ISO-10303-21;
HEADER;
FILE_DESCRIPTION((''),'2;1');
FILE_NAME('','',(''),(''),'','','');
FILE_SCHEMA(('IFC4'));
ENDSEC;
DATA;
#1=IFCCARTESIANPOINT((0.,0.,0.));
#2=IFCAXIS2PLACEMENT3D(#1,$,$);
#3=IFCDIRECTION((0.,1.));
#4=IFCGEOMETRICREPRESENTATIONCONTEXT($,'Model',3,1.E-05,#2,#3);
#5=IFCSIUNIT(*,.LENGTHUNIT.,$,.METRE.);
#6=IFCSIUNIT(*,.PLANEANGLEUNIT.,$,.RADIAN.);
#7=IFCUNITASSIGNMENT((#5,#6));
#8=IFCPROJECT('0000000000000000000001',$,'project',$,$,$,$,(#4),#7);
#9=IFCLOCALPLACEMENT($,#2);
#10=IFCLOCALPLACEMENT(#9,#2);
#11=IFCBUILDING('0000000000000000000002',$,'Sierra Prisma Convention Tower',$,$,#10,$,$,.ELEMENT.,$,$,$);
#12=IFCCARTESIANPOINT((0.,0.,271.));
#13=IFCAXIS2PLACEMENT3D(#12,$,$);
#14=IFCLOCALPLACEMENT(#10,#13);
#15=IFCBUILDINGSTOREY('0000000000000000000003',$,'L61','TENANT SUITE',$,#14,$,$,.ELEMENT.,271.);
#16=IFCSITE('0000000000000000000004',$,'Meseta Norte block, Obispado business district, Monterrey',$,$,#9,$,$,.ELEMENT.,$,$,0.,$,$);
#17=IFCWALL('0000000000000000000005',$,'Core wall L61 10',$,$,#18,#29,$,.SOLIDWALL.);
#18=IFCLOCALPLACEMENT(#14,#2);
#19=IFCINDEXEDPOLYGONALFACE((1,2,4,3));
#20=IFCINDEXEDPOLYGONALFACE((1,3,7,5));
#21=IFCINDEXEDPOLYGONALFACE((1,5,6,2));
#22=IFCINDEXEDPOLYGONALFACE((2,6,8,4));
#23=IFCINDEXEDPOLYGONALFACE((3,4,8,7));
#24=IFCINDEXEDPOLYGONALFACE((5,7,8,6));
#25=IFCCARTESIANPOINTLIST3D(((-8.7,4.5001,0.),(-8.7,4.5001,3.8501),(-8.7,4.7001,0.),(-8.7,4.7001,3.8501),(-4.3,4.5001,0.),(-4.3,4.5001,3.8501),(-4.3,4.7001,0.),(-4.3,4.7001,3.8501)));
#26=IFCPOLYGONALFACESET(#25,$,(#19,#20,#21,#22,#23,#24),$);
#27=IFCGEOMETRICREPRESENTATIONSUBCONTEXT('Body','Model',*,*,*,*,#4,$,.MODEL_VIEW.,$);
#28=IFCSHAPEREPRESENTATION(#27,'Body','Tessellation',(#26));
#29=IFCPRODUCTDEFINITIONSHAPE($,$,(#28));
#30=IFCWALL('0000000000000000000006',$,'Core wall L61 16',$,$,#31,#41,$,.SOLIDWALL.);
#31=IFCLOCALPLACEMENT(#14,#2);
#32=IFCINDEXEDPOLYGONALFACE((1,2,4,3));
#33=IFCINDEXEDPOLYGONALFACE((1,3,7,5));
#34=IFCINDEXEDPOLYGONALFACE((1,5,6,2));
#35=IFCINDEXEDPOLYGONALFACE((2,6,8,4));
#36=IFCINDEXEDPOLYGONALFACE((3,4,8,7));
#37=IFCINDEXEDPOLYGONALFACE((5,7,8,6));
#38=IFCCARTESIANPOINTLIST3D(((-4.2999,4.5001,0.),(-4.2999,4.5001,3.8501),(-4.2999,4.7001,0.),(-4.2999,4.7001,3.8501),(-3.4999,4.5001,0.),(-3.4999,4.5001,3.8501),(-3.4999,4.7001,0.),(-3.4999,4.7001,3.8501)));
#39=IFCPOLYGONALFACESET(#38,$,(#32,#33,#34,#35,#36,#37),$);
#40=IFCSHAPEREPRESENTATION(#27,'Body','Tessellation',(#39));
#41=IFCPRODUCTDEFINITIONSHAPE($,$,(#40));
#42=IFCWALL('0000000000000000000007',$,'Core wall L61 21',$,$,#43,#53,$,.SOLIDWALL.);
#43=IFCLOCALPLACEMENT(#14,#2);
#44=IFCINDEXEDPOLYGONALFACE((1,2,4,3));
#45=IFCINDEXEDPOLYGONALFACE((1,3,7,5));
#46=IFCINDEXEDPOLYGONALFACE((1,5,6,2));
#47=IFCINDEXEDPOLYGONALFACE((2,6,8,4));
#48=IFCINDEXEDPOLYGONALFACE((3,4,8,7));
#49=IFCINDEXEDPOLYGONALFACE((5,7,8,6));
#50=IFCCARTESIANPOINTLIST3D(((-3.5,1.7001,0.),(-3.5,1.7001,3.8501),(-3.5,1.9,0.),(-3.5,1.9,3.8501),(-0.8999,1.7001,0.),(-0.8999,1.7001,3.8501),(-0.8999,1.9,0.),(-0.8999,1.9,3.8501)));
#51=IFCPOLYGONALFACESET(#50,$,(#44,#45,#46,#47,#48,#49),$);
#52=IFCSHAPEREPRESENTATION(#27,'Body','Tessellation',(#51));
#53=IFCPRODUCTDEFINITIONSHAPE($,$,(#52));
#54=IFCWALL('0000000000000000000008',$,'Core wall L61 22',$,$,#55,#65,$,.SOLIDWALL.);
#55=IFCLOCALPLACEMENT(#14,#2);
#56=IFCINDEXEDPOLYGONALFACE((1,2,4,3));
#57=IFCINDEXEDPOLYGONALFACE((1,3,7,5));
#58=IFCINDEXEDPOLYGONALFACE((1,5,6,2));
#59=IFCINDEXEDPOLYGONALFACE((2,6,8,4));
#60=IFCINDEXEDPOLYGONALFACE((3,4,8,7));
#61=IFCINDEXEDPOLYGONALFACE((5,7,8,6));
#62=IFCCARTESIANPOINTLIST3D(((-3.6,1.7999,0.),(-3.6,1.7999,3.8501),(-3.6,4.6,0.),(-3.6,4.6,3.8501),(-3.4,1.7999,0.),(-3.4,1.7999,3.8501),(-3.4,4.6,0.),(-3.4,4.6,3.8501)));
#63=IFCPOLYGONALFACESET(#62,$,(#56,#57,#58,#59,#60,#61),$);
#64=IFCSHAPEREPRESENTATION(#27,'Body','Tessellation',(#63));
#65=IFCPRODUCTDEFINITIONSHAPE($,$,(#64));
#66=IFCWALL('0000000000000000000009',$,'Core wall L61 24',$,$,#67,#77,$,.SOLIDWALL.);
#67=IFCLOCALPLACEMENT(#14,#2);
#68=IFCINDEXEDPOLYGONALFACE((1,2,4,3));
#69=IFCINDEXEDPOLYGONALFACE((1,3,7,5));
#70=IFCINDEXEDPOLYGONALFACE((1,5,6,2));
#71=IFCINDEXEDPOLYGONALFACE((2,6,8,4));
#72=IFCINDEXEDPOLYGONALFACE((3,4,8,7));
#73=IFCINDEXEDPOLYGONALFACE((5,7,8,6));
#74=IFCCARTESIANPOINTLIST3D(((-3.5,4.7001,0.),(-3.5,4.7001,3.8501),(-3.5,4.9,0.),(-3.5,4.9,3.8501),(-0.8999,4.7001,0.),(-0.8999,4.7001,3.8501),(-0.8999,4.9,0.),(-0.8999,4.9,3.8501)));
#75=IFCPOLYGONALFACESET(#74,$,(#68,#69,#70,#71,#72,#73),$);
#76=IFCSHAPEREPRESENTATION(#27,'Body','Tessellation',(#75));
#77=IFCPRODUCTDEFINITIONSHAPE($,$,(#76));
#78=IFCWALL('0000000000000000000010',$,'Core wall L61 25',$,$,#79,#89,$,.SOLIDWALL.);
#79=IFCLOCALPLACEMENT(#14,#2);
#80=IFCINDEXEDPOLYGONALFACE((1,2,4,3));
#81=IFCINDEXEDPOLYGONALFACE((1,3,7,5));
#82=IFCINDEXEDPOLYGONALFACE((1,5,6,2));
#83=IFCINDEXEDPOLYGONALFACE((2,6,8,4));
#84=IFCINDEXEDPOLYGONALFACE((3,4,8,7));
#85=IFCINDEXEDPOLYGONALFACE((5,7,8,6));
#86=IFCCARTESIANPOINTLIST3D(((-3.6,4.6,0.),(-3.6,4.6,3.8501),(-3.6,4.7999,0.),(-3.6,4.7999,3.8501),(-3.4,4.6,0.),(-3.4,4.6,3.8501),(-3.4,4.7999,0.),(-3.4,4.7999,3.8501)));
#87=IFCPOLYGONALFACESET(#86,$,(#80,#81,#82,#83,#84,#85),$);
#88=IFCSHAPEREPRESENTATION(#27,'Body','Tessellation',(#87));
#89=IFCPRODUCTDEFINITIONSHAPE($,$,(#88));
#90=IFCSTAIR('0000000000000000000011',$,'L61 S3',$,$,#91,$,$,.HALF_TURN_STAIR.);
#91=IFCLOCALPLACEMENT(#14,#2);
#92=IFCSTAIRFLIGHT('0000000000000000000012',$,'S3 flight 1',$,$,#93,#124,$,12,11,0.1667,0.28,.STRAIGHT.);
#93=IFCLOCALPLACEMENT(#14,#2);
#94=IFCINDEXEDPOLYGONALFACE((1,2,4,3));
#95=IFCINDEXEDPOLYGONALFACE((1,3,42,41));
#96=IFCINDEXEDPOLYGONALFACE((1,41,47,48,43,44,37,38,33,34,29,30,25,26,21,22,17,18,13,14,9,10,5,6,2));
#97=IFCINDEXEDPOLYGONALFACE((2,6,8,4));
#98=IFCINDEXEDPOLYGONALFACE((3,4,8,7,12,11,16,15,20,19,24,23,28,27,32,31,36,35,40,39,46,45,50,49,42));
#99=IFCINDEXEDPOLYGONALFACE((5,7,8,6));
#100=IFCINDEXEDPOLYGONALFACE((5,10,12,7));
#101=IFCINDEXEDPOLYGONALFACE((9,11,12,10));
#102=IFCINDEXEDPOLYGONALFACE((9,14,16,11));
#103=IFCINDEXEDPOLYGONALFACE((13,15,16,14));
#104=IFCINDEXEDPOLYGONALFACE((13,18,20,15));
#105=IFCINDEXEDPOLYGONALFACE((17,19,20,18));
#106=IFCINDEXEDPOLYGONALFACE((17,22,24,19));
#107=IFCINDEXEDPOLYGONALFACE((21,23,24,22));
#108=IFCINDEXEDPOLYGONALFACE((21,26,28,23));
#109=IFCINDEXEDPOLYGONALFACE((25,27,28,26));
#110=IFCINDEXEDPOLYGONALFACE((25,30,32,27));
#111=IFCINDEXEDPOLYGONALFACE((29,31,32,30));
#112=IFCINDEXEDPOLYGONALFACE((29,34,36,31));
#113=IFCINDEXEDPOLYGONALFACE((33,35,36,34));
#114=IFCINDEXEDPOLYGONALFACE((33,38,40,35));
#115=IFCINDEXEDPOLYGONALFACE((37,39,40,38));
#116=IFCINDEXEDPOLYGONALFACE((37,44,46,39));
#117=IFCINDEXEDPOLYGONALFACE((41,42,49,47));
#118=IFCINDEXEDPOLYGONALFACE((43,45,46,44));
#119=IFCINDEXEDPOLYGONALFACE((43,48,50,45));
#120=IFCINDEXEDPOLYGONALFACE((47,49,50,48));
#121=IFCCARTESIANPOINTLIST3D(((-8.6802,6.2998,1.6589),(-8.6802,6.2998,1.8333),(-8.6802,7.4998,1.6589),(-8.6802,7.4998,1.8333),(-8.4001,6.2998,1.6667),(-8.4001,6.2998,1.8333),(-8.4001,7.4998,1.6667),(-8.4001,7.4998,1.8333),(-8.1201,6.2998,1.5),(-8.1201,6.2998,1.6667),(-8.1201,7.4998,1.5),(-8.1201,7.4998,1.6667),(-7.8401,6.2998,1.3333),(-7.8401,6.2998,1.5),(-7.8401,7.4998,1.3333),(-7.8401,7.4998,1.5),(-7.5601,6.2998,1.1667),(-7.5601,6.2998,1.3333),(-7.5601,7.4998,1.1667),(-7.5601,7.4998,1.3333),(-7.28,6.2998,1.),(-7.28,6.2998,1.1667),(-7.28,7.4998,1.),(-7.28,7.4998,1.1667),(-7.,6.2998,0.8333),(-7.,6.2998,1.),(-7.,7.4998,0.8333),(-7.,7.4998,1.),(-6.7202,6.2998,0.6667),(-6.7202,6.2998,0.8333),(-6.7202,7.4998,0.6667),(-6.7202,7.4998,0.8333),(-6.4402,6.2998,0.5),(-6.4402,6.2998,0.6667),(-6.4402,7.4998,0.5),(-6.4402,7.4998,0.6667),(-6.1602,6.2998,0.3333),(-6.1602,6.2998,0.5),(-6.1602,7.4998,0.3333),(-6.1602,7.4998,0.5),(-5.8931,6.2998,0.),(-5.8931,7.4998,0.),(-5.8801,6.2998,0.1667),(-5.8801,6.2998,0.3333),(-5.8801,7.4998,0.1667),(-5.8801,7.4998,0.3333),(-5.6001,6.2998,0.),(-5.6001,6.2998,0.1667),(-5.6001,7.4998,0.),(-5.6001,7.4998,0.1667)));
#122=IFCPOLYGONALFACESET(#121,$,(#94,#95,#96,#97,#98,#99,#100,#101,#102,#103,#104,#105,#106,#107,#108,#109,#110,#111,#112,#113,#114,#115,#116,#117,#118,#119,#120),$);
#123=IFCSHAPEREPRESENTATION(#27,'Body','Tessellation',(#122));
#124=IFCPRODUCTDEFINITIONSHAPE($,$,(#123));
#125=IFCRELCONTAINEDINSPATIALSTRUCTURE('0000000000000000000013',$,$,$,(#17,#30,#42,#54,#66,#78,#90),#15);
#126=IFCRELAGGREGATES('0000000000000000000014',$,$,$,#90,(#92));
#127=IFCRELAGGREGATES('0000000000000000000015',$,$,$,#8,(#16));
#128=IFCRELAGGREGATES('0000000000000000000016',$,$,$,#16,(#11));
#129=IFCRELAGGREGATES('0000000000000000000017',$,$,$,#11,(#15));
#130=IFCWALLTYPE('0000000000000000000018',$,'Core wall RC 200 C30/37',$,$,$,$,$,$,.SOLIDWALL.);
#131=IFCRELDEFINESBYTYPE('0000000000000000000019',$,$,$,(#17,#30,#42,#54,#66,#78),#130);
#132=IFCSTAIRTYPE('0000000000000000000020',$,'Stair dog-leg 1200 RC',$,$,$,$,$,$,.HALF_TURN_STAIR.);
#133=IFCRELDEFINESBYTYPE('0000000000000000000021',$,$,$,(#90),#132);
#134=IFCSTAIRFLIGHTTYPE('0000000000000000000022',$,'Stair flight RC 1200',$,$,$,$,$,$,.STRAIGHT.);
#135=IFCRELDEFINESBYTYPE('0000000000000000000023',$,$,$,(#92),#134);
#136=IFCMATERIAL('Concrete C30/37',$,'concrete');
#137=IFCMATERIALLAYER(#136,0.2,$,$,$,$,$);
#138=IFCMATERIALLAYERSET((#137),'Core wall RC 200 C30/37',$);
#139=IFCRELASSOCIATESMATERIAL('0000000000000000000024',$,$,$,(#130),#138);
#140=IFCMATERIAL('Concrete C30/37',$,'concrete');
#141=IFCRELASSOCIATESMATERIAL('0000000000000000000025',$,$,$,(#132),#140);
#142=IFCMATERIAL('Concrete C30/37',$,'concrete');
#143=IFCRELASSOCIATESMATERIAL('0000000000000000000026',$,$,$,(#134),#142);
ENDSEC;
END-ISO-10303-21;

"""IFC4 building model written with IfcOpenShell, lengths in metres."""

from ifc_helpers import new_model, si_unit, direction, frame, frame_2d, origin, place, context, subcontext, project, spatial, polyline, rectangle, outline, extrude, material, layer, layer_set, type_object, element, aggregate, save


model = new_model("IFC4")

# Units and contexts
model_context = context("Model", 3, precision=1e-05, world=origin(), true_north=direction((0.0, 1.0)))
body_context = subcontext(model_context, "Body", "Model", "MODEL_VIEW")
ifc_project = project(units=[si_unit("LENGTHUNIT", "METRE"), si_unit("PLANEANGLEUNIT", "RADIAN")], contexts=[model_context])

# Site, building, storey
site_placement = place(None, origin())
site = spatial("IfcSite", under=ifc_project, at=site_placement, Name="Meseta Norte block, Obispado business district, Monterrey", CompositionType="ELEMENT", RefElevation=0.0)
building_placement = place(site_placement, origin())
building = spatial("IfcBuilding", under=site, at=building_placement, Name="Sierra Prisma Convention Tower", CompositionType="ELEMENT")
storey_placement = place(building_placement, frame((0.0, 0.0, 271.0)))
storey = spatial("IfcBuildingStorey", under=building, at=storey_placement, Name="L61", Description="TENANT SUITE", CompositionType="ELEMENT", Elevation=271.0)

# Walls
ifc_material_1 = material(Name="Concrete C30/37", Category="concrete")
ifc_layer = layer(ifc_material_1, 0.2)
ifc_layer_set = layer_set([ifc_layer], Name="Core wall RC 200 C30/37")
wall_type = type_object("IfcWallType", Name="Core wall RC 200 C30/37", PredefinedType="SOLIDWALL", material=ifc_layer_set)
wall_1_placement = place(storey_placement, frame((-4.3, 4.6001, 0.0), z_axis=(0.0, 0.0, 1.0), x_axis=(-1.0, 0.0, 0.0)))
element("IfcWall", 1, at=wall_1_placement, inside=storey, type_object=wall_type, Name="Core wall L61 10", PredefinedType="SOLIDWALL", context=body_context, shape_type="SweptSolid", body=[
    extrude(rectangle(XDim=4.3999, YDim=0.2, at=frame_2d((2.2, 0.0))), origin(), (0.0, 0.0, 1.0), 3.8501),
])
wall_2_placement = place(storey_placement, frame((-3.5, 4.6001, 0.0), z_axis=(0.0, 0.0, 1.0), x_axis=(-1.0, 0.0, 0.0)))
element("IfcWall", 2, at=wall_2_placement, inside=storey, type_object=wall_type, Name="Core wall L61 16", PredefinedType="SOLIDWALL", context=body_context, shape_type="SweptSolid", body=[
    extrude(rectangle(XDim=0.8, YDim=0.2, at=frame_2d((0.3999, 0.0))), origin(), (0.0, 0.0, 1.0), 3.8501),
])

# Walls
wall_3_placement = place(storey_placement, frame((-0.8999, 1.8, 0.0), z_axis=(0.0, 0.0, 1.0), x_axis=(-1.0, 0.0, 0.0)))
element("IfcWall", 3, at=wall_3_placement, inside=storey, type_object=wall_type, Name="Core wall L61 21", PredefinedType="SOLIDWALL", context=body_context, shape_type="SweptSolid", body=[
    extrude(rectangle(XDim=2.6001, YDim=0.2, at=frame_2d((1.3, 0.0))), origin(), (0.0, 0.0, 1.0), 3.8501),
])
wall_4_placement = place(storey_placement, frame((-3.5, 1.8, 0.0), z_axis=(0.0, 0.0, 1.0), x_axis=(0.0, 1.0, 0.0)))
element("IfcWall", 4, at=wall_4_placement, inside=storey, type_object=wall_type, Name="Core wall L61 22", PredefinedType="SOLIDWALL", context=body_context, shape_type="SweptSolid", body=[
    extrude(rectangle(XDim=2.8, YDim=0.2, at=frame_2d((1.3999, 0.0))), origin(), (0.0, 0.0, 1.0), 3.8501),
])

# Walls
wall_5_placement = place(storey_placement, frame((-0.8999, 4.8, 0.0), z_axis=(0.0, 0.0, 1.0), x_axis=(-1.0, 0.0, 0.0)))
element("IfcWall", 5, at=wall_5_placement, inside=storey, type_object=wall_type, Name="Core wall L61 24", PredefinedType="SOLIDWALL", context=body_context, shape_type="SweptSolid", body=[
    extrude(rectangle(XDim=2.6001, YDim=0.2, at=frame_2d((1.3, 0.0))), origin(), (0.0, 0.0, 1.0), 3.8501),
])
wall_6_placement = place(storey_placement, frame((-3.5, 4.8, 0.0), z_axis=(0.0, 0.0, 1.0), x_axis=(0.0, -1.0, 0.0)))
element("IfcWall", 6, at=wall_6_placement, inside=storey, type_object=wall_type, Name="Core wall L61 25", PredefinedType="SOLIDWALL", context=body_context, shape_type="SweptSolid", body=[
    extrude(rectangle(XDim=0.2, YDim=0.2, at=frame_2d((0.1001, 0.0))), origin(), (0.0, 0.0, 1.0), 3.8501),
])

# Stair, stair flight
ifc_material_2 = material(Name="Concrete C30/37", Category="concrete")
stair_type = type_object("IfcStairType", Name="Stair dog-leg 1200 RC", PredefinedType="HALF_TURN_STAIR", material=ifc_material_2)
stair_placement = place(storey_placement, origin())
stair = element("IfcStair", 7, at=stair_placement, inside=storey, type_object=stair_type, Name="L61 S3", PredefinedType="HALF_TURN_STAIR")
ifc_material_3 = material(Name="Concrete C30/37", Category="concrete")
stair_flight_type = type_object("IfcStairFlightType", Name="Stair flight RC 1200", PredefinedType="STRAIGHT", material=ifc_material_3)
stair_flight_placement = place(storey_placement, frame((-5.6001, 6.8999, 0.0), z_axis=(0.0, 0.0, 1.0), x_axis=(-1.0, 0.0, 0.0)))
stair_flight = element("IfcStairFlight", 8, at=stair_flight_placement, type_object=stair_flight_type, Name="S3 flight 1", NumberOfRisers=12, NumberOfTreads=11, PredefinedType="STRAIGHT", RiserHeight=0.1667, TreadLength=0.28, context=body_context, shape_type="SweptSolid", body=[
    extrude(outline(polyline([(0.0, 0.0), (0.0, 0.1667), (0.28, 0.1667), (0.28, 0.3333), (0.5601, 0.3333), (0.5601, 0.5), (0.8401, 0.5), (0.8401, 0.6667), (1.1201, 0.6667), (1.1201, 0.8333), (1.3999, 0.8333), (1.3999, 1.0), (1.6799, 1.0), (1.6799, 1.1667), (1.96, 1.1667), (1.96, 1.3333), (2.24, 1.3333), (2.24, 1.5), (2.52, 1.5), (2.52, 1.6667), (2.8, 1.6667), (2.8, 1.8333), (3.0801, 1.8333), (3.0801, 2.0), (3.0801, 1.6589), (0.293, 0.0), (0.0, 0.0)])), frame((0.0, 0.6001, 0.0), z_axis=(0.0, -1.0, 0.0), x_axis=(1.0, 0.0, 0.0)), (0.0, 0.0, 1.0), 1.2),
])
aggregate(stair, [stair_flight])

save(model, "model.ifc")
